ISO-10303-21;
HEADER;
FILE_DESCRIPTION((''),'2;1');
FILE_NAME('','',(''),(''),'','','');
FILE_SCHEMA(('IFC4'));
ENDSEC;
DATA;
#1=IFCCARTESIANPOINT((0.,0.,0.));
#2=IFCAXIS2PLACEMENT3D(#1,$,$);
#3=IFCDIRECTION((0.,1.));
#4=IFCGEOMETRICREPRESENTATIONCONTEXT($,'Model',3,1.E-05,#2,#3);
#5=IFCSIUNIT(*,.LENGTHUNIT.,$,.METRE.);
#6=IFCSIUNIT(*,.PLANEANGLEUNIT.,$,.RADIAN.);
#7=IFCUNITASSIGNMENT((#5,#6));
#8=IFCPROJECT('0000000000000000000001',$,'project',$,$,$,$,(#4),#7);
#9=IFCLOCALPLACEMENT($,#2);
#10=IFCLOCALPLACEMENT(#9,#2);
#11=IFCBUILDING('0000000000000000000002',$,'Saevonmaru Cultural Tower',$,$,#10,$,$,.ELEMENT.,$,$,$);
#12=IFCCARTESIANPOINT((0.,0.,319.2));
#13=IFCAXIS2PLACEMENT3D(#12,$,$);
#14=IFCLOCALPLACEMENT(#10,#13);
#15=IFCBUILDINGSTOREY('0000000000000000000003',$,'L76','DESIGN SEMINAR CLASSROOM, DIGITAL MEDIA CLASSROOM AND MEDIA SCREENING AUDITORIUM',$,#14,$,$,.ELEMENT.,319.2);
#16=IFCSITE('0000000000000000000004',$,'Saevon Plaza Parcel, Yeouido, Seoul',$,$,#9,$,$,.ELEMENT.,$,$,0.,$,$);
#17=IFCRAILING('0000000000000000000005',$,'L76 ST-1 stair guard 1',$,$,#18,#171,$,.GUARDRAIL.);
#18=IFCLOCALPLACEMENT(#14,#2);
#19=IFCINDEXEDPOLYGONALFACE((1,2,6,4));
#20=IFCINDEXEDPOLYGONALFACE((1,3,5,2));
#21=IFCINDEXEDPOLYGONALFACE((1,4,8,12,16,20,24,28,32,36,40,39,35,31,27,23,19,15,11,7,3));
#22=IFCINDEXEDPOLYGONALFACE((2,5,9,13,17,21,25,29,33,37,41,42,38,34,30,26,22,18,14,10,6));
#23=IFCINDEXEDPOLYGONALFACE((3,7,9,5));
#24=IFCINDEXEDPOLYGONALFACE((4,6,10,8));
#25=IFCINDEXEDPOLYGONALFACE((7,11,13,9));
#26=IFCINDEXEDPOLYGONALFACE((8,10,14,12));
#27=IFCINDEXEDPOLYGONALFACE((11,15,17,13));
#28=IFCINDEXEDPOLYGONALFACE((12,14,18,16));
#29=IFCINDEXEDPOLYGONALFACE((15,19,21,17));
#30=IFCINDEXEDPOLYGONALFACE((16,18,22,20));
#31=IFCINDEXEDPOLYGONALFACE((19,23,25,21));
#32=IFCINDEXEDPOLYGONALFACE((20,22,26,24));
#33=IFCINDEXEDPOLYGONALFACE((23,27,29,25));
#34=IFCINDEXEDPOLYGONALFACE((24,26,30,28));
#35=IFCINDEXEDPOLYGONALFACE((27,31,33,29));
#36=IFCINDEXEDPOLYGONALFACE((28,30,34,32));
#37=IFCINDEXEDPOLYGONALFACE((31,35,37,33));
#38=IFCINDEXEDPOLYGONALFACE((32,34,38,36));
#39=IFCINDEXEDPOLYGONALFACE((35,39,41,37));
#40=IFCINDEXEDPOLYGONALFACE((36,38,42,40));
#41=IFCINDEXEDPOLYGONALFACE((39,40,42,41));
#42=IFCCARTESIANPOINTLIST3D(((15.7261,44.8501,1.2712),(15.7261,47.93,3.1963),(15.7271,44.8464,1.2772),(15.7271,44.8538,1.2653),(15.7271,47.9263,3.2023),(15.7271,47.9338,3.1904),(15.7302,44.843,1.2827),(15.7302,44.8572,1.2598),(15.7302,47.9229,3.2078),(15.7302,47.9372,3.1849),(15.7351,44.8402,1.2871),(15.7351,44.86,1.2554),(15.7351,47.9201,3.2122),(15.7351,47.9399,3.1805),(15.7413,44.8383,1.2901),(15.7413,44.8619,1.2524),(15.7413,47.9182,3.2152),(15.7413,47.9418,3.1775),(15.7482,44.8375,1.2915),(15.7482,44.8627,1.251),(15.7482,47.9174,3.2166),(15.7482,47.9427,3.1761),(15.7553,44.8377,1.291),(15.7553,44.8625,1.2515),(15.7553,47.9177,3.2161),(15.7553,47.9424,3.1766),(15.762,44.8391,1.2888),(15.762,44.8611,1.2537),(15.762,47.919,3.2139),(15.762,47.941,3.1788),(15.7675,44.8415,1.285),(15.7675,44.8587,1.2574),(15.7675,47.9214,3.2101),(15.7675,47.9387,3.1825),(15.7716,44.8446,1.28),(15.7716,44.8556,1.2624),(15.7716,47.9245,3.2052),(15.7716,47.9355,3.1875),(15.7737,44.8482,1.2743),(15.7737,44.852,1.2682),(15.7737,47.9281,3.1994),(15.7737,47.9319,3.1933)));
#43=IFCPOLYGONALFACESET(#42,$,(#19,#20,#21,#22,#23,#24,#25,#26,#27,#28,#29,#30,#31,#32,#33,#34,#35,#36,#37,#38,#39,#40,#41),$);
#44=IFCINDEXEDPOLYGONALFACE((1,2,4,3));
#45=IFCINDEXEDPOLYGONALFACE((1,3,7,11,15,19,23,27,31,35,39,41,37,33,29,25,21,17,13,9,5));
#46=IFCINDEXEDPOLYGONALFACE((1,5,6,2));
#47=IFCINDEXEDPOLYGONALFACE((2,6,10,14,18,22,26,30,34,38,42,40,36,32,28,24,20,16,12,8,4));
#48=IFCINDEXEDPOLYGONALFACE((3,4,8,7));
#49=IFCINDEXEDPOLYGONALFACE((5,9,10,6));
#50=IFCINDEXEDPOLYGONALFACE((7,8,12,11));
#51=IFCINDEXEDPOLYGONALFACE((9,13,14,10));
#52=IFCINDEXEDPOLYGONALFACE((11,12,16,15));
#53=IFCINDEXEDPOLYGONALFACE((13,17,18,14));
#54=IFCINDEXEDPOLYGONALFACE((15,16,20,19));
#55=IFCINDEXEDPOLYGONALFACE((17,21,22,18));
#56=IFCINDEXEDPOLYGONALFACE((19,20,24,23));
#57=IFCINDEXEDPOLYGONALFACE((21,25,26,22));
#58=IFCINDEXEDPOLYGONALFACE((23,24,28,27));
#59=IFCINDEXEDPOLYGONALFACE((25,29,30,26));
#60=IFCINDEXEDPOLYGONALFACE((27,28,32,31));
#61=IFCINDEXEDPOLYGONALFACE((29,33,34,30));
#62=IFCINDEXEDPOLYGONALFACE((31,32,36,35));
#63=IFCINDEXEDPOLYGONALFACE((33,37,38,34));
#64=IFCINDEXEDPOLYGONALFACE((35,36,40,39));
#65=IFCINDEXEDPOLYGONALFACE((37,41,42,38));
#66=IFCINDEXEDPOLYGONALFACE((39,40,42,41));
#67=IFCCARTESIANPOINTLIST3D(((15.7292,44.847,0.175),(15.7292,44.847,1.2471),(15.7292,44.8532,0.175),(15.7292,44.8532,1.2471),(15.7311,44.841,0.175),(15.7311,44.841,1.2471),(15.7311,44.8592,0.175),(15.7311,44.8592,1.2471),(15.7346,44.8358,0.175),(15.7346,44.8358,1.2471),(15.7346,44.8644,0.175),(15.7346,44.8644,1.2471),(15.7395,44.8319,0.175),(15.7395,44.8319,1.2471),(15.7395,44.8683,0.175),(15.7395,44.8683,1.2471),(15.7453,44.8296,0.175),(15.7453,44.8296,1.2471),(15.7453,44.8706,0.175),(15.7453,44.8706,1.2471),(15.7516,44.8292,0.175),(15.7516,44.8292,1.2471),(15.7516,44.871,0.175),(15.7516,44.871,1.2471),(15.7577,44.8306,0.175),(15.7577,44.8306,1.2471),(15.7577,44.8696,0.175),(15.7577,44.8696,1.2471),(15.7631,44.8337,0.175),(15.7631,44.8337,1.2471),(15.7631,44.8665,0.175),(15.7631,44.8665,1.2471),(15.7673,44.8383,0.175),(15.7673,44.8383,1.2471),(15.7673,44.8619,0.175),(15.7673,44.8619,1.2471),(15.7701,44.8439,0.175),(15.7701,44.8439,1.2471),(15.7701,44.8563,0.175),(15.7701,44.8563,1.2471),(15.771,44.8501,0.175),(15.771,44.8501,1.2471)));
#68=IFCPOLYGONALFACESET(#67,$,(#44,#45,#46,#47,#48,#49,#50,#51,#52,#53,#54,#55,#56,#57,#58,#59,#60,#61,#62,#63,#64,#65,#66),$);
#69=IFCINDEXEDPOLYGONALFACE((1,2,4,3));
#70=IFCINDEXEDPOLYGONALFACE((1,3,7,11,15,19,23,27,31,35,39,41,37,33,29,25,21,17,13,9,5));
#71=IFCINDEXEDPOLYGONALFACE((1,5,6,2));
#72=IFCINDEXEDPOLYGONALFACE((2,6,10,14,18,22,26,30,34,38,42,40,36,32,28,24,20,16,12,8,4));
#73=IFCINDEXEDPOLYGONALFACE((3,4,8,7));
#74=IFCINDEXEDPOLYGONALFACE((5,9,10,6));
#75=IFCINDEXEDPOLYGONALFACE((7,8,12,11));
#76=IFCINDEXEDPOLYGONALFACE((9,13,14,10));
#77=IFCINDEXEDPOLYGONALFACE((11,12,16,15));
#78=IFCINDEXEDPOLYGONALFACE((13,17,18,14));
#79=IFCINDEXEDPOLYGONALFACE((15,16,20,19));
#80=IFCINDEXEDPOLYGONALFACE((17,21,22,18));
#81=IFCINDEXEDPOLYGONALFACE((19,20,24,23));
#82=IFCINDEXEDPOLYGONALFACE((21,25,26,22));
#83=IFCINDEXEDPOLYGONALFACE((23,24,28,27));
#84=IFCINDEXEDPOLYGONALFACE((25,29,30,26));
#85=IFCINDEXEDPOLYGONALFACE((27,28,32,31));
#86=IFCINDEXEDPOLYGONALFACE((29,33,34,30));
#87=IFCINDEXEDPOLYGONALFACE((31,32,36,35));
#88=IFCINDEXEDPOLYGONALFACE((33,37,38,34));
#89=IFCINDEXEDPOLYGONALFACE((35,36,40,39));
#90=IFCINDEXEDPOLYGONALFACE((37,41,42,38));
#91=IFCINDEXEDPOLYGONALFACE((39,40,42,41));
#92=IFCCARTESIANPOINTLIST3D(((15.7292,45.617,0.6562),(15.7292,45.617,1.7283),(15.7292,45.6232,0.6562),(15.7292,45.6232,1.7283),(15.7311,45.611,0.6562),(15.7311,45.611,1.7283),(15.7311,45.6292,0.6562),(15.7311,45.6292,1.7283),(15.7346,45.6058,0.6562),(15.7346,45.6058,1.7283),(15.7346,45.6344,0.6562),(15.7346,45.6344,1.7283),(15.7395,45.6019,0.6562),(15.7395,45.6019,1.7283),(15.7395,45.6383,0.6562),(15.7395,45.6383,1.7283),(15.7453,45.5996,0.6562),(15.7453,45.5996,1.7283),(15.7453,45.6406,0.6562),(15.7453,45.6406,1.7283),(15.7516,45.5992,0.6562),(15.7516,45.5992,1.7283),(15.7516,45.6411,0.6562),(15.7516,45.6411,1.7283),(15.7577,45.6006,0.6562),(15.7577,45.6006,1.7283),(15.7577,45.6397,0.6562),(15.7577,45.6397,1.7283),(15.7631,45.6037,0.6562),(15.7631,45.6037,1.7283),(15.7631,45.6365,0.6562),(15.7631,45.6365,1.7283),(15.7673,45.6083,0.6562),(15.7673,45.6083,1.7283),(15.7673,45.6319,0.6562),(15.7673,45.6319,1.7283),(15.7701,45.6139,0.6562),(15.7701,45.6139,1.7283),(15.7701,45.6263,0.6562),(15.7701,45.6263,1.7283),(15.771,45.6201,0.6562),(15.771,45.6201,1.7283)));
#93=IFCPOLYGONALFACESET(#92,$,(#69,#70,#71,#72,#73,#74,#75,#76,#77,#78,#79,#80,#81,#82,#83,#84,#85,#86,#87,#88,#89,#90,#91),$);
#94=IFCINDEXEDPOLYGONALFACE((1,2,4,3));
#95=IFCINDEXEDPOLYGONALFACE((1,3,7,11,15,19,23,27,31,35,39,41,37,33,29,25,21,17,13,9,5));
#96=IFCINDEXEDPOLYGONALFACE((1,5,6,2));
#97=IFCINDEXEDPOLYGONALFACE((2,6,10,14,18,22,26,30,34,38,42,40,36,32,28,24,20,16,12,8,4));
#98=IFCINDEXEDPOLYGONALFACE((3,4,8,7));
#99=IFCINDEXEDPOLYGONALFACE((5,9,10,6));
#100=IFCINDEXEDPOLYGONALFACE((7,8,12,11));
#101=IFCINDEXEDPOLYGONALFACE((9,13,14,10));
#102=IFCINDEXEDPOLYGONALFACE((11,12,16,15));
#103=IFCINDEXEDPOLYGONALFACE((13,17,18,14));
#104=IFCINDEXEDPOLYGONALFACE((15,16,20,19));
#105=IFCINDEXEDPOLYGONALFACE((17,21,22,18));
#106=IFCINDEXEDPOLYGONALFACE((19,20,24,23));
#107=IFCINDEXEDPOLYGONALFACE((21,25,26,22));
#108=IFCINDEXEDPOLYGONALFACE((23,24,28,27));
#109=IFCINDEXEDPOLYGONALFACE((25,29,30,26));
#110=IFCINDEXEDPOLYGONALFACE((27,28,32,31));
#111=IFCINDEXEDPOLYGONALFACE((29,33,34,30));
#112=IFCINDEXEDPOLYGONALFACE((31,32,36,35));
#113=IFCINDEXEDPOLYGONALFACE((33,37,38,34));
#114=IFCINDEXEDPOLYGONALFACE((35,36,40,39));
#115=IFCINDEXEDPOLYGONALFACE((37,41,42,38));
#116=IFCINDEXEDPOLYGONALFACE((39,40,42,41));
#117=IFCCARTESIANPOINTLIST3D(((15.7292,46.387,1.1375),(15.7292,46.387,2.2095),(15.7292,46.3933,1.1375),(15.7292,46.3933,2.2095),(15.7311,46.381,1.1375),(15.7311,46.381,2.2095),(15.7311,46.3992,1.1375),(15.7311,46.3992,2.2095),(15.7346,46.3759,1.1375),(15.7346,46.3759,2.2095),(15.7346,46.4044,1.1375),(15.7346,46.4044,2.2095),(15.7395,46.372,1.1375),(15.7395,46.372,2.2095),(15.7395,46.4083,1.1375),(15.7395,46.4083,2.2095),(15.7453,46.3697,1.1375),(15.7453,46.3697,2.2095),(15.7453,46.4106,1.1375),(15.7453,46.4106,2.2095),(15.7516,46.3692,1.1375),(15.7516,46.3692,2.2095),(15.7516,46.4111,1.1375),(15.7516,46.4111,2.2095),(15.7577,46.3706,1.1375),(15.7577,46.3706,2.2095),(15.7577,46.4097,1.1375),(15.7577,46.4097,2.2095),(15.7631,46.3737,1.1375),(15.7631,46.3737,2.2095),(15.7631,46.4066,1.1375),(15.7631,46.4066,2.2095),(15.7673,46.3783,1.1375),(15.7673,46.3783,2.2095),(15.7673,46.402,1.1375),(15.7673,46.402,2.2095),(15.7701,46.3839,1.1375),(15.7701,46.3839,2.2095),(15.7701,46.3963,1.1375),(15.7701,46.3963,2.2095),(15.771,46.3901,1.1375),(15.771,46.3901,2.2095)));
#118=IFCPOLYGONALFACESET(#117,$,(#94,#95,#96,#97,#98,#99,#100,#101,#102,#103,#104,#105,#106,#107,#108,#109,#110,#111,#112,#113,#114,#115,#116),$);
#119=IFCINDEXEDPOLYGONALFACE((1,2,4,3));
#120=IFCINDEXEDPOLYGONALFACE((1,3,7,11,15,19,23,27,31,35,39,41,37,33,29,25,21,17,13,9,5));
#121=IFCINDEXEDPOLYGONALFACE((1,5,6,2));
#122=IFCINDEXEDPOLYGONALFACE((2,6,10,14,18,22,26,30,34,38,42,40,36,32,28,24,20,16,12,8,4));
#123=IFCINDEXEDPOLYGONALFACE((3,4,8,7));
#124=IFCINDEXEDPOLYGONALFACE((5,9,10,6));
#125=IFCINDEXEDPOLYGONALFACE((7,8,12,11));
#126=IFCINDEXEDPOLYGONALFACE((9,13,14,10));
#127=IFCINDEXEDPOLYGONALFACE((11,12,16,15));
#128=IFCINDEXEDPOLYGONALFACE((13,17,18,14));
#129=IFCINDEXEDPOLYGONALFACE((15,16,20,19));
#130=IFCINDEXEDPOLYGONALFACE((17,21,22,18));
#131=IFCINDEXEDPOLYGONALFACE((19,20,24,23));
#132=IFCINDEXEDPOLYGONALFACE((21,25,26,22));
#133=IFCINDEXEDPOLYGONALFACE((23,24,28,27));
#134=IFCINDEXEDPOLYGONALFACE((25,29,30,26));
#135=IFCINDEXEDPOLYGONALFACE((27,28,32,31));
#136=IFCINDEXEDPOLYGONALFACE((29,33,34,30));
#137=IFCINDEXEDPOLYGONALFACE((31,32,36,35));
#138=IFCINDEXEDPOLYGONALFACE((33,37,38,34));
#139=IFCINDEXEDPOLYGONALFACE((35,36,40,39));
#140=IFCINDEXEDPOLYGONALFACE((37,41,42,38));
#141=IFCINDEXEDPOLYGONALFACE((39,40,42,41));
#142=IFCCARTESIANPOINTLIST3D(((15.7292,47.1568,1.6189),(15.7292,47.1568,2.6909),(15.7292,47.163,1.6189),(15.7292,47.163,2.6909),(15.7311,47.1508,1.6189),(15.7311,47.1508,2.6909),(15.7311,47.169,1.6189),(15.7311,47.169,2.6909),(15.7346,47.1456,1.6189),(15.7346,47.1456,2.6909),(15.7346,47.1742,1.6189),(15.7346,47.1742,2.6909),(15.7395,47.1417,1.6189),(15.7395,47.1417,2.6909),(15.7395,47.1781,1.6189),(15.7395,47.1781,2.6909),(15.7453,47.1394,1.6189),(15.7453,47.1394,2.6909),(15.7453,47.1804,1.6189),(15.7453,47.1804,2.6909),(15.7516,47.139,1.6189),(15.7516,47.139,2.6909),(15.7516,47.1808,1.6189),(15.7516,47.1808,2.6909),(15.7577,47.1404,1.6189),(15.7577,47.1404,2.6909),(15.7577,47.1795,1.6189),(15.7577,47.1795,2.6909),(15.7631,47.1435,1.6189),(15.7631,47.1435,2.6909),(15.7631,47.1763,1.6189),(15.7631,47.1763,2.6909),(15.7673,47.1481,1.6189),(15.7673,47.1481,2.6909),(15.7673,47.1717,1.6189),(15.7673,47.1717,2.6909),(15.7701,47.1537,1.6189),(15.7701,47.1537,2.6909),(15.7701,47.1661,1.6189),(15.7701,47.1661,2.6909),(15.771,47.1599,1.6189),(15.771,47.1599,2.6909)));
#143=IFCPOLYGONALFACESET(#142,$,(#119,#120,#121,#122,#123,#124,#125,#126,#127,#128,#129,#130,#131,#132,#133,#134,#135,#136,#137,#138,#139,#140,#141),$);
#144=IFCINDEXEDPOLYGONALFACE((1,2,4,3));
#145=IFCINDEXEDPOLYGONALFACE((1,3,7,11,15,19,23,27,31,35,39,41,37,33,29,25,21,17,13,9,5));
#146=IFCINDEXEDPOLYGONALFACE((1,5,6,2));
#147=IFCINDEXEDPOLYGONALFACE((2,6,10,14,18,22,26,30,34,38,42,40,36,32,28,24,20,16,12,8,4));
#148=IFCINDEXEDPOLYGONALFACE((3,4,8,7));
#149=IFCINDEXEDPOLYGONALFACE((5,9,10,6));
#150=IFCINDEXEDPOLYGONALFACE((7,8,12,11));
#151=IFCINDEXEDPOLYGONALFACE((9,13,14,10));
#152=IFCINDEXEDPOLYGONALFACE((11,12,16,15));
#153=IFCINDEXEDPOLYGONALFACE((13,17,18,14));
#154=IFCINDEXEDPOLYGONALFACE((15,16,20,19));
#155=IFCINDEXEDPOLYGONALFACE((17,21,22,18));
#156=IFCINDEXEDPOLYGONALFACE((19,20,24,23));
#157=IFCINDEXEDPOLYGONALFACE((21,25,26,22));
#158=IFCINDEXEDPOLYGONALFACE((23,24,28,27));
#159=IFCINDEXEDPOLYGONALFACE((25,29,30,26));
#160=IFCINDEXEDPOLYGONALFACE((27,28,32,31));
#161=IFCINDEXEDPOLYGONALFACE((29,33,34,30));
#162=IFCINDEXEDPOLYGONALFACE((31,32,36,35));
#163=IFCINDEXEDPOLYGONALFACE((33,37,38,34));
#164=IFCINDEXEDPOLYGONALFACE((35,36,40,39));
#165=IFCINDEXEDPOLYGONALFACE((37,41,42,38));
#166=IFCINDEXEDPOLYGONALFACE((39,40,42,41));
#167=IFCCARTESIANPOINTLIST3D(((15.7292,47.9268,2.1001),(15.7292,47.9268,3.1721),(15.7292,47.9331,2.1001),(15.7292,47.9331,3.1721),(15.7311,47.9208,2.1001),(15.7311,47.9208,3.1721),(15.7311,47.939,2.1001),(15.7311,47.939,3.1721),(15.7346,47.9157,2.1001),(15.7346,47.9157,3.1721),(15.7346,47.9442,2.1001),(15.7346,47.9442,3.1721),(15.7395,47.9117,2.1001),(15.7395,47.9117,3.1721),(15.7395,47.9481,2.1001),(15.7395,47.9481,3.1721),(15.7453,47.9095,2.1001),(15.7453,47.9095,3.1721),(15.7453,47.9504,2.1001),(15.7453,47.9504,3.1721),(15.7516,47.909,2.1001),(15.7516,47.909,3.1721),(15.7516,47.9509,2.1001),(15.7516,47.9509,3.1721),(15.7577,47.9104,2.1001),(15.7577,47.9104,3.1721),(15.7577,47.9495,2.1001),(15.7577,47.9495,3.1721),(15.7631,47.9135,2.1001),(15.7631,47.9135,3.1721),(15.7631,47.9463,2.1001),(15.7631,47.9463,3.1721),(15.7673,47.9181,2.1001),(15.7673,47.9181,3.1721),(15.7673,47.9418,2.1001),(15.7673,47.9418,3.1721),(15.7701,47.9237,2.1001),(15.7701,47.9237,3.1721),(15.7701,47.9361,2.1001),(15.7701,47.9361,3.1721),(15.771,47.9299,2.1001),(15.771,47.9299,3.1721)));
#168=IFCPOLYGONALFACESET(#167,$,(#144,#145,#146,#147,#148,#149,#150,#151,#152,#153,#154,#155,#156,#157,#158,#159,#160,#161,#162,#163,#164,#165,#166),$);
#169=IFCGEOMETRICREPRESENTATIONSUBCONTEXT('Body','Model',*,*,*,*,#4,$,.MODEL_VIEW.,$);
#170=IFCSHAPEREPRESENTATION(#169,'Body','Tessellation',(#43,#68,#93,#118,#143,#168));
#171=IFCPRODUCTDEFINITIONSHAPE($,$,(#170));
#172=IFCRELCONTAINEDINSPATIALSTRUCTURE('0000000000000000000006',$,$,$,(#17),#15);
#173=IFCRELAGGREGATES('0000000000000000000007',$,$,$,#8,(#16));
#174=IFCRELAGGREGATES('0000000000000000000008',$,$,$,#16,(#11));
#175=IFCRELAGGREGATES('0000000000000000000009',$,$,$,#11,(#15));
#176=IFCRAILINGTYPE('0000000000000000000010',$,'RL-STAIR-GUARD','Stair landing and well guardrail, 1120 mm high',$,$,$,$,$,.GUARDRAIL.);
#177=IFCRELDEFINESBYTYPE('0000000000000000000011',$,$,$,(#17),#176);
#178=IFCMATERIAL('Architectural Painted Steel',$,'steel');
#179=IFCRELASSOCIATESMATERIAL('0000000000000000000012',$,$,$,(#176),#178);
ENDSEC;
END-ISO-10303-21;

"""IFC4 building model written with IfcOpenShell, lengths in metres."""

from ifc_helpers import new_model, si_unit, direction, frame, origin, origin_2d, place, context, subcontext, project, spatial, circle, extrude, material, type_object, element, save


model = new_model("IFC4")

# Units and contexts
model_context = context("Model", 3, precision=1e-05, world=origin(), true_north=direction((0.0, 1.0)))
body_context = subcontext(model_context, "Body", "Model", "MODEL_VIEW")
ifc_project = project(units=[si_unit("LENGTHUNIT", "METRE"), si_unit("PLANEANGLEUNIT", "RADIAN")], contexts=[model_context])

# Site, building, storey
site_placement = place(None, origin())
site = spatial("IfcSite", under=ifc_project, at=site_placement, Name="Saevon Plaza Parcel, Yeouido, Seoul", CompositionType="ELEMENT", RefElevation=0.0)
building_placement = place(site_placement, origin())
building = spatial("IfcBuilding", under=site, at=building_placement, Name="Saevonmaru Cultural Tower", CompositionType="ELEMENT")
storey_placement = place(building_placement, frame((0.0, 0.0, 319.2)))
storey = spatial("IfcBuildingStorey", under=building, at=storey_placement, Name="L76", Description="DESIGN SEMINAR CLASSROOM, DIGITAL MEDIA CLASSROOM AND MEDIA SCREENING AUDITORIUM", CompositionType="ELEMENT", Elevation=319.2)

# Railing
ifc_material_1 = material(Name="Architectural Painted Steel", Category="steel")
railing_type_1 = type_object("IfcRailingType", Name="RL-STAIR-GUARD", Description="Stair landing and well guardrail, 1120 mm high", PredefinedType="GUARDRAIL", material=ifc_material_1)
railing_1_placement = place(storey_placement, frame((15.75, 44.8501, 0.175)))
element("IfcRailing", 1, at=railing_1_placement, inside=storey, type_object=railing_type_1, Name="L76 ST-1 stair guard 1", PredefinedType="GUARDRAIL", context=body_context, shape_type="SweptSolid", body=[
    extrude(circle(Radius=0.0239, at=origin_2d()), frame((0.0, 0.0, 1.0962), z_axis=(0.0, 0.847979, 0.530029), x_axis=(-1.0, 0.0, 0.0)), (0.0, 0.0, 1.0), 3.6321),
    extrude(circle(Radius=0.021, at=origin_2d()), origin(), (0.0, 0.0, 1.0), 1.072),
    extrude(circle(Radius=0.021, at=origin_2d()), frame((0.0, 0.77, 0.4812)), (0.0, 0.0, 1.0), 1.072),
    extrude(circle(Radius=0.021, at=origin_2d()), frame((0.0, 1.54, 0.9624)), (0.0, 0.0, 1.0), 1.072),
    extrude(circle(Radius=0.021, at=origin_2d()), frame((0.0, 2.3098, 1.4438)), (0.0, 0.0, 1.0), 1.072),
    extrude(circle(Radius=0.021, at=origin_2d()), frame((0.0, 3.0798, 1.925)), (0.0, 0.0, 1.0), 1.072),
])

save(model, "model.ifc")
